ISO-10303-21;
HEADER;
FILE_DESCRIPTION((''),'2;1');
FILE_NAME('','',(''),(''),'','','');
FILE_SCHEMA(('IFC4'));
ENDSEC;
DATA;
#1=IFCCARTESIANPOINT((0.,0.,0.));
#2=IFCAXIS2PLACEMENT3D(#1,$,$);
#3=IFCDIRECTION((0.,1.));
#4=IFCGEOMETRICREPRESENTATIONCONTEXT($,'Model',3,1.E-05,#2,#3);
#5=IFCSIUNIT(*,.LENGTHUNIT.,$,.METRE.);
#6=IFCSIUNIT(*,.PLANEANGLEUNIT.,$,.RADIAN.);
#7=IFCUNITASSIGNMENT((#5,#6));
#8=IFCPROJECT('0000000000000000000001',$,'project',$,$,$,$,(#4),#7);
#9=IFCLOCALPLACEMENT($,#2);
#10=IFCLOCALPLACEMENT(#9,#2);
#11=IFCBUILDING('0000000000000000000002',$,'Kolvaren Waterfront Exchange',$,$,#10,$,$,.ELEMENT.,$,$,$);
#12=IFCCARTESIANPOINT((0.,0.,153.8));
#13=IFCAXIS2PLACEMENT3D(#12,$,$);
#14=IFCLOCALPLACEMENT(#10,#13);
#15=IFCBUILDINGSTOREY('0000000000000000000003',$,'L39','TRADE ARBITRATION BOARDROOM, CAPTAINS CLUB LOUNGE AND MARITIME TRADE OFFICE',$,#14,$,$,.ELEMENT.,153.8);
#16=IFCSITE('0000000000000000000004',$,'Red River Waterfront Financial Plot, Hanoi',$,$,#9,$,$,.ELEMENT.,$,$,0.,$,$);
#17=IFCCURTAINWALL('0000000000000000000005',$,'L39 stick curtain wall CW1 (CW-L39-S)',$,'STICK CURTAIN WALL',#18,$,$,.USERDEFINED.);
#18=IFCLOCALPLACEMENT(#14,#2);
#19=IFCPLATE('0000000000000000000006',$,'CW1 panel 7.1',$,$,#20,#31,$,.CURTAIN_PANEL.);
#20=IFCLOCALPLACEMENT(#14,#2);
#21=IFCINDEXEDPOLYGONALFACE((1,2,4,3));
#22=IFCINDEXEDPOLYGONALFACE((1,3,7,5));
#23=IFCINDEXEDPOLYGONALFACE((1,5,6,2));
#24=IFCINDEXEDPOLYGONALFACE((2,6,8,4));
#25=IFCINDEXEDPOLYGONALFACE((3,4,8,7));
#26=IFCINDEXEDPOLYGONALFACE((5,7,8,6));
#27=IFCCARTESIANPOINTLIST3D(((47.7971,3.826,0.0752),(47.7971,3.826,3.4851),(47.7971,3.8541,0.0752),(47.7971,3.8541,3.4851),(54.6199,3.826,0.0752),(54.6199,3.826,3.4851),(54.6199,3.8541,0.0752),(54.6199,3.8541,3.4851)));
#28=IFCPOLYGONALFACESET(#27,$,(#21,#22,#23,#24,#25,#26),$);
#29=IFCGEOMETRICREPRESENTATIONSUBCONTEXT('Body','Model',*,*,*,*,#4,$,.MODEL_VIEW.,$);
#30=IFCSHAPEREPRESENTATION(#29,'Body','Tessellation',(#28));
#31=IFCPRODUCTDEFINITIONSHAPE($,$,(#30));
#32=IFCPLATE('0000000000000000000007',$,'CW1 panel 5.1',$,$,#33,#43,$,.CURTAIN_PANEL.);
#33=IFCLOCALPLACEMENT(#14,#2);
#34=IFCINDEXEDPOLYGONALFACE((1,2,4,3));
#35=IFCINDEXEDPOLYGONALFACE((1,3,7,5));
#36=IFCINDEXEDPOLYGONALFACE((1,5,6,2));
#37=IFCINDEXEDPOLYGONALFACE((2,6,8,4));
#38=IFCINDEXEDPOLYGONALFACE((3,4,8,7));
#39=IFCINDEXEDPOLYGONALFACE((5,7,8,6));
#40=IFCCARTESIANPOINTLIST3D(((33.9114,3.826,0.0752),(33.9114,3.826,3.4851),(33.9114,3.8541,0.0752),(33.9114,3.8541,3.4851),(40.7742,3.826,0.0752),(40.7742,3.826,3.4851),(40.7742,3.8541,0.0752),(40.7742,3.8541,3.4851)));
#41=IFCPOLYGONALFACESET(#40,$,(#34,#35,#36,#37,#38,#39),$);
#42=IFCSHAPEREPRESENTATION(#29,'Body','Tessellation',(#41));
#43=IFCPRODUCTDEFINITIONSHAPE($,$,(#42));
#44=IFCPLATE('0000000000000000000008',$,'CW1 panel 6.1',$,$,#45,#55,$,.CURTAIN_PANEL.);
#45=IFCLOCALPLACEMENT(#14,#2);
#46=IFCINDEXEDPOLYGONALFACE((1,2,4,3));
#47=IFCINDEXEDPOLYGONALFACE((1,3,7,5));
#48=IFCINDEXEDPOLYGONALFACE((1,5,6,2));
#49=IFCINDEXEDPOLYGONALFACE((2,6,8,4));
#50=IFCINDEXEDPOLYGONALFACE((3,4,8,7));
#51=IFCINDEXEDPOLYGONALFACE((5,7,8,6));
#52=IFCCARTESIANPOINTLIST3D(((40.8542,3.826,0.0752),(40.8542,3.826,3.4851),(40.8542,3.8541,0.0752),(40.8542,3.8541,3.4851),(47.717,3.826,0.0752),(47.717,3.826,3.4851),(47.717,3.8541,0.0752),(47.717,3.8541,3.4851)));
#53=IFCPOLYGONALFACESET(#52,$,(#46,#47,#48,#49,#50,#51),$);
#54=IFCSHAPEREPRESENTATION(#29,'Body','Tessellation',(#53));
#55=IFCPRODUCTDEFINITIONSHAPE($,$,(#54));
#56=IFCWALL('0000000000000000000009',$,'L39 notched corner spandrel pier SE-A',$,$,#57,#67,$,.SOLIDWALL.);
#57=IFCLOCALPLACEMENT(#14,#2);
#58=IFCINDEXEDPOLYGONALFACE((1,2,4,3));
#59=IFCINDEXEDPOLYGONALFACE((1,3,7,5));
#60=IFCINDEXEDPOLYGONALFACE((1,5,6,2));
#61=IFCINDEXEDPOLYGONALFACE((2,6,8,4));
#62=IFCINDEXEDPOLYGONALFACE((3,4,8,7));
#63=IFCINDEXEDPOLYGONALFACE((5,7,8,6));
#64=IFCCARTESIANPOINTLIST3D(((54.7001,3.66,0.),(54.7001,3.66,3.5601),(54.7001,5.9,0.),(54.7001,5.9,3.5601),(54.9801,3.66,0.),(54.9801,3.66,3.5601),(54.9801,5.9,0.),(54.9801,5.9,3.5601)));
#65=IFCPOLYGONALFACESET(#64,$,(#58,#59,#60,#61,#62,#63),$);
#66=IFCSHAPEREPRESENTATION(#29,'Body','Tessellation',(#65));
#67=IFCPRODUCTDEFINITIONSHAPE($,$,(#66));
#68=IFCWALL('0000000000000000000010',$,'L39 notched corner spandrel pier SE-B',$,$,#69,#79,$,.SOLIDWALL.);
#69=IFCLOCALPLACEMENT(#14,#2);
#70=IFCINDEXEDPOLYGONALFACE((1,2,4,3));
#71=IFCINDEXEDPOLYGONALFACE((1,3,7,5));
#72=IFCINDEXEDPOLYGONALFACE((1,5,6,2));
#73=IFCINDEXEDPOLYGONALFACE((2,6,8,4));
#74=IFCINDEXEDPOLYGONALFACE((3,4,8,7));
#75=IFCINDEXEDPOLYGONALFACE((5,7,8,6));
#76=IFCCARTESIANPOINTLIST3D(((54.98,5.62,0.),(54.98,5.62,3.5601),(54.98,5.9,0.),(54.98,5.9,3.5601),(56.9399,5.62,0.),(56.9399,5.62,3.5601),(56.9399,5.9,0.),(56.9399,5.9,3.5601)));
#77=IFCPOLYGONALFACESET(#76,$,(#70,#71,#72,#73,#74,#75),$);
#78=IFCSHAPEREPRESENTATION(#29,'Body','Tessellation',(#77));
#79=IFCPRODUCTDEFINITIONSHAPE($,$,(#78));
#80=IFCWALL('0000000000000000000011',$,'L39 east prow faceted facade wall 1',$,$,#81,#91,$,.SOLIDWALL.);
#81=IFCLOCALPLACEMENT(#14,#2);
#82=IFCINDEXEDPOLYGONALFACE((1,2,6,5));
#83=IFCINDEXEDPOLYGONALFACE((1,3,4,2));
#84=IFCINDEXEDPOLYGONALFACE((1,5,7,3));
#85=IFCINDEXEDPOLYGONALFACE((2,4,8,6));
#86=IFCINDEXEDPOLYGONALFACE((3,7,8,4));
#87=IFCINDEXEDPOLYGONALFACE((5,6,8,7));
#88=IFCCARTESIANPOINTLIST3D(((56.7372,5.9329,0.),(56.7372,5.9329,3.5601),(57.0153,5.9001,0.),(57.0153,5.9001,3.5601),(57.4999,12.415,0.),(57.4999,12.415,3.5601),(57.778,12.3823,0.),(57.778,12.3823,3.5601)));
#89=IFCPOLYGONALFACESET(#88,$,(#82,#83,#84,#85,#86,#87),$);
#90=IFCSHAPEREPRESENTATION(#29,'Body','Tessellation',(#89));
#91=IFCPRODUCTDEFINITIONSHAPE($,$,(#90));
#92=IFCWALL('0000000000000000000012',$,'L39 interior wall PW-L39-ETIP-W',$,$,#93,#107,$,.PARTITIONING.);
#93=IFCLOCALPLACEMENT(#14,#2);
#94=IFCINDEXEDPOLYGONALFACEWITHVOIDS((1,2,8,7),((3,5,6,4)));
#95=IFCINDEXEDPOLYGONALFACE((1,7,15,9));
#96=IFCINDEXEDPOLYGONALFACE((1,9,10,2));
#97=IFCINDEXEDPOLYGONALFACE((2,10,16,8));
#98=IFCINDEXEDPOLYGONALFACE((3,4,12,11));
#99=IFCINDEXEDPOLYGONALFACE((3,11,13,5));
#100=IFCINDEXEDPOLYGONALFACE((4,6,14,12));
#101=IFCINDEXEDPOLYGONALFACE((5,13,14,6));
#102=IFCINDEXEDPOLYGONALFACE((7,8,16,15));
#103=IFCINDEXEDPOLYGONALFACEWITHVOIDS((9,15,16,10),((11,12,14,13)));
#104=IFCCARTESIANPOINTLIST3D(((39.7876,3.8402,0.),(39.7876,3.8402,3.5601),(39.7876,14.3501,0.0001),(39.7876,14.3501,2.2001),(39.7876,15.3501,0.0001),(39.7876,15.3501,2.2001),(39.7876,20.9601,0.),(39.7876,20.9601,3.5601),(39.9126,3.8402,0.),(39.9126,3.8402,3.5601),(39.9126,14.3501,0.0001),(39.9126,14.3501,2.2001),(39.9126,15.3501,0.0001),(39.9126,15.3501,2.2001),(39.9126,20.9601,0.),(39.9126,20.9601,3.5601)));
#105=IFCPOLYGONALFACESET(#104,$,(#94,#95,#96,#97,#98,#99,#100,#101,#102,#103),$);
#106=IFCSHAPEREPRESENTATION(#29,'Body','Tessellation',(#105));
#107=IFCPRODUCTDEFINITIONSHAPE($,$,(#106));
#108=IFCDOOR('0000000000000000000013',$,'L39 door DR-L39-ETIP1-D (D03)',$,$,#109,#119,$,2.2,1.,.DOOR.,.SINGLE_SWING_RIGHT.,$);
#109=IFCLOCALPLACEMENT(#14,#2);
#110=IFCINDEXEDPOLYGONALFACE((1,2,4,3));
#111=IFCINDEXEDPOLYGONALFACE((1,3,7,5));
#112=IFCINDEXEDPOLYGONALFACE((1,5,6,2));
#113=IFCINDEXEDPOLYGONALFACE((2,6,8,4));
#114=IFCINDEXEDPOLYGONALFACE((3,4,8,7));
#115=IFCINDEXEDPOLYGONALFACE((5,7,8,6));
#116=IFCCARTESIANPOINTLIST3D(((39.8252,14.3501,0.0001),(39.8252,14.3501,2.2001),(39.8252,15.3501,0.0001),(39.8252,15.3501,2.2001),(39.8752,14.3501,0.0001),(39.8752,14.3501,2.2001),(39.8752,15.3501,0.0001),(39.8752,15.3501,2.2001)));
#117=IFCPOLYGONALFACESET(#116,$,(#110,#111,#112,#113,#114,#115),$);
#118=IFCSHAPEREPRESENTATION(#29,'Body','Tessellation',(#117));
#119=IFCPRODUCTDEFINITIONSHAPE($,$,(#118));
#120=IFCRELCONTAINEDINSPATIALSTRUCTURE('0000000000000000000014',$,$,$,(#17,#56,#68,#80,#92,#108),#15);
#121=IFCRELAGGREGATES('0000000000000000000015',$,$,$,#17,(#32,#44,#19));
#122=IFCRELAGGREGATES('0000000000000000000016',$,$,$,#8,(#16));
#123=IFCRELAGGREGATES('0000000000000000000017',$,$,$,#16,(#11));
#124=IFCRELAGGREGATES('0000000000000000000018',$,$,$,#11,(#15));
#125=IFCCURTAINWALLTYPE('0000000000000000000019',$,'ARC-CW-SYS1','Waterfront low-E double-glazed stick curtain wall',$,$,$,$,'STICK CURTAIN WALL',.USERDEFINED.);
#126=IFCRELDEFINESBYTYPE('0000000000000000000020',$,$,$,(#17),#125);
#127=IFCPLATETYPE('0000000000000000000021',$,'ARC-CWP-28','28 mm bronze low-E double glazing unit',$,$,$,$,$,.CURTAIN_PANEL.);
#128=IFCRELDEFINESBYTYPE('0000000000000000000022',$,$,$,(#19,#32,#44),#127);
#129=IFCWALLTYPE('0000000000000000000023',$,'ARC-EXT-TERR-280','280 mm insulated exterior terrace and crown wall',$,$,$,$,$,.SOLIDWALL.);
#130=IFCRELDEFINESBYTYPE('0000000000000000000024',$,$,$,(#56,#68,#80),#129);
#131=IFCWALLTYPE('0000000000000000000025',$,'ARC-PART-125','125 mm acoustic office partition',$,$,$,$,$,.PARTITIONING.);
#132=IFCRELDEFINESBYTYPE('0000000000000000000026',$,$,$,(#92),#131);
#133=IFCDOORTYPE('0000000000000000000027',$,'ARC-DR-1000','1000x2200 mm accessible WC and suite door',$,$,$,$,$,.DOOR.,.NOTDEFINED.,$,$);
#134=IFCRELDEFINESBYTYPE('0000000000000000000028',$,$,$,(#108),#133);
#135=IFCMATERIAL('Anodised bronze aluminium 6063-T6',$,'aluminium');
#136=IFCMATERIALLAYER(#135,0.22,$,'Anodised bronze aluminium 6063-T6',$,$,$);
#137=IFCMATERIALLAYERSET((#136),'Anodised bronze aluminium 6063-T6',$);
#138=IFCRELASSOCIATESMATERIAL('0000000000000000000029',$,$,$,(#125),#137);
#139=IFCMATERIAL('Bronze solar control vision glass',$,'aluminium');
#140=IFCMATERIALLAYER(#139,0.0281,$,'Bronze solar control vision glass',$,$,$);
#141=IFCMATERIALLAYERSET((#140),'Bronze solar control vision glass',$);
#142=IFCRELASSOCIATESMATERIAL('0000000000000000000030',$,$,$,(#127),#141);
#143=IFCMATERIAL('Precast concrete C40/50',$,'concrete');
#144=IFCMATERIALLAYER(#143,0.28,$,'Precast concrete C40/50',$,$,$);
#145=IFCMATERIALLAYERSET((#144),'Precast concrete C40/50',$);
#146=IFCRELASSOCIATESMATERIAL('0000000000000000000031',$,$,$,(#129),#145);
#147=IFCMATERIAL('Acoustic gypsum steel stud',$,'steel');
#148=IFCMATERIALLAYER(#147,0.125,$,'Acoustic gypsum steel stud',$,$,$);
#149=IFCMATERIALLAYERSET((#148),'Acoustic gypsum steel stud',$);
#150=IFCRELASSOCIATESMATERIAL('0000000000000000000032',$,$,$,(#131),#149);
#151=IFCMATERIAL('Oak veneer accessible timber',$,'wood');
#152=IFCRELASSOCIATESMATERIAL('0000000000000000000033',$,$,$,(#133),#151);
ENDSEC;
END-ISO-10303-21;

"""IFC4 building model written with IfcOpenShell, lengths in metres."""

from ifc_helpers import new_model, si_unit, direction, frame, frame_2d, origin, origin_with_axes, origin_2d, place, context, subcontext, project, spatial, rectangle, extrude, source, transform, mapped, material, layer, layer_set, type_object, element, fill, aggregate, save


model = new_model("IFC4")

# Units and contexts
model_context = context("Model", 3, precision=1e-05, world=origin(), true_north=direction((0.0, 1.0)))
body_context = subcontext(model_context, "Body", "Model", "MODEL_VIEW")
ifc_project = project(units=[si_unit("LENGTHUNIT", "METRE"), si_unit("PLANEANGLEUNIT", "RADIAN")], contexts=[model_context])

# Site, building, storey
site_placement = place(None, origin())
site = spatial("IfcSite", under=ifc_project, at=site_placement, Name="Red River Waterfront Financial Plot, Hanoi", CompositionType="ELEMENT", RefElevation=0.0)
building_placement = place(site_placement, origin())
building = spatial("IfcBuilding", under=site, at=building_placement, Name="Kolvaren Waterfront Exchange", CompositionType="ELEMENT")
storey_placement = place(building_placement, frame((0.0, 0.0, 153.8)))
storey = spatial("IfcBuildingStorey", under=building, at=storey_placement, Name="L39", Description="TRADE ARBITRATION BOARDROOM, CAPTAINS CLUB LOUNGE AND MARITIME TRADE OFFICE", CompositionType="ELEMENT", Elevation=153.8)

# Curtain wall, plates
ifc_material_1 = material(Name="Anodised bronze aluminium 6063-T6", Category="aluminium")
ifc_layer_1 = layer(ifc_material_1, 0.22, Name="Anodised bronze aluminium 6063-T6")
ifc_layer_set_1 = layer_set([ifc_layer_1], Name="Anodised bronze aluminium 6063-T6")
curtain_wall_type = type_object("IfcCurtainWallType", Name="ARC-CW-SYS1", Description="Waterfront low-E double-glazed stick curtain wall", ElementType="STICK CURTAIN WALL", PredefinedType="USERDEFINED", material=ifc_layer_set_1)
curtain_wall_placement = place(storey_placement, origin())
curtain_wall = element("IfcCurtainWall", 1, at=curtain_wall_placement, inside=storey, type_object=curtain_wall_type, Name="L39 stick curtain wall CW1 (CW-L39-S)", ObjectType="STICK CURTAIN WALL", PredefinedType="USERDEFINED")
ifc_material_2 = material(Name="Bronze solar control vision glass", Category="aluminium")
ifc_layer_2 = layer(ifc_material_2, 0.0281, Name="Bronze solar control vision glass")
ifc_layer_set_2 = layer_set([ifc_layer_2], Name="Bronze solar control vision glass")
plate_type = type_object("IfcPlateType", Name="ARC-CWP-28", Description="28 mm bronze low-E double glazing unit", PredefinedType="CURTAIN_PANEL", material=ifc_layer_set_2)
shared_shape_1 = source(origin_with_axes(), body_context, "Body", "SweptSolid", [
    extrude(rectangle(XDim=6.8228, YDim=0.0281, at=origin_2d()), origin(), (0.0, 0.0, 1.0), 3.4099),
])
plate_1_placement = place(storey_placement, frame((51.2085, 3.8401, 0.0752), z_axis=(0.0, 0.0, 1.0), x_axis=(1.0, 0.0, 0.0)))
plate_1 = element("IfcPlate", 2, at=plate_1_placement, type_object=plate_type, Name="CW1 panel 7.1", PredefinedType="CURTAIN_PANEL", context=body_context, shape_type="MappedRepresentation", body=[
    mapped(shared_shape_1, transform((0.0, 0.0, 0.0), x_axis=(1.0, 0.0, 0.0), y_axis=(0.0, 1.0, 0.0), z_axis=(0.0, 0.0, 1.0), scale=1.0)),
])
shared_shape_2 = source(origin_with_axes(), body_context, "Body", "SweptSolid", [
    extrude(rectangle(XDim=6.8628, YDim=0.0281, at=origin_2d()), origin(), (0.0, 0.0, 1.0), 3.4099),
])
plate_2_placement = place(storey_placement, frame((37.3428, 3.8401, 0.0752), z_axis=(0.0, 0.0, 1.0), x_axis=(1.0, 0.0, 0.0)))
plate_2 = element("IfcPlate", 3, at=plate_2_placement, type_object=plate_type, Name="CW1 panel 5.1", PredefinedType="CURTAIN_PANEL", context=body_context, shape_type="MappedRepresentation", body=[
    mapped(shared_shape_2, transform((0.0, 0.0, 0.0), x_axis=(1.0, 0.0, 0.0), y_axis=(0.0, 1.0, 0.0), z_axis=(0.0, 0.0, 1.0), scale=1.0)),
])
plate_3_placement = place(storey_placement, frame((44.2856, 3.8401, 0.0752), z_axis=(0.0, 0.0, 1.0), x_axis=(1.0, 0.0, 0.0)))
plate_3 = element("IfcPlate", 4, at=plate_3_placement, type_object=plate_type, Name="CW1 panel 6.1", PredefinedType="CURTAIN_PANEL", context=body_context, shape_type="MappedRepresentation", body=[
    mapped(shared_shape_2, transform((0.0, 0.0, 0.0), x_axis=(1.0, 0.0, 0.0), y_axis=(0.0, 1.0, 0.0), z_axis=(0.0, 0.0, 1.0), scale=1.0)),
])
aggregate(curtain_wall, [plate_2, plate_3, plate_1])

# Walls
ifc_material_3 = material(Name="Precast concrete C40/50", Category="concrete")
ifc_layer_3 = layer(ifc_material_3, 0.28, Name="Precast concrete C40/50")
ifc_layer_set_3 = layer_set([ifc_layer_3], Name="Precast concrete C40/50")
wall_type_1 = type_object("IfcWallType", Name="ARC-EXT-TERR-280", Description="280 mm insulated exterior terrace and crown wall", PredefinedType="SOLIDWALL", material=ifc_layer_set_3)
wall_1_placement = place(storey_placement, frame((54.8401, 3.6599, 0.0), z_axis=(0.0, 0.0, 1.0), x_axis=(0.0, 1.0, 0.0)))
element("IfcWall", 5, at=wall_1_placement, inside=storey, type_object=wall_type_1, Name="L39 notched corner spandrel pier SE-A", PredefinedType="SOLIDWALL", context=body_context, shape_type="SweptSolid", body=[
    extrude(rectangle(XDim=2.24, YDim=0.28, at=frame_2d((1.1201, 0.0))), origin(), (0.0, 0.0, 1.0), 3.5601),
])
wall_2_placement = place(storey_placement, frame((54.98, 5.76, 0.0), z_axis=(0.0, 0.0, 1.0), x_axis=(1.0, 0.0, 0.0)))
element("IfcWall", 6, at=wall_2_placement, inside=storey, type_object=wall_type_1, Name="L39 notched corner spandrel pier SE-B", PredefinedType="SOLIDWALL", context=body_context, shape_type="SweptSolid", body=[
    extrude(rectangle(XDim=1.96, YDim=0.28, at=frame_2d((0.98, 0.0))), origin(), (0.0, 0.0, 1.0), 3.5601),
])
wall_3_placement = place(storey_placement, frame((56.8762, 5.9165, 0.0), z_axis=(0.0, 0.0, 1.0), x_axis=(0.116854, 0.993149, 0.0)))
element("IfcWall", 7, at=wall_3_placement, inside=storey, type_object=wall_type_1, Name="L39 east prow faceted facade wall 1", PredefinedType="SOLIDWALL", context=body_context, shape_type="SweptSolid", body=[
    extrude(rectangle(XDim=6.5269, YDim=0.28, at=frame_2d((3.2634, 0.0))), origin(), (0.0, 0.0, 1.0), 3.5601),
])

# Wall, opening, door
ifc_material_4 = material(Name="Acoustic gypsum steel stud", Category="steel")
ifc_layer_4 = layer(ifc_material_4, 0.125, Name="Acoustic gypsum steel stud")
ifc_layer_set_4 = layer_set([ifc_layer_4], Name="Acoustic gypsum steel stud")
wall_type_2 = type_object("IfcWallType", Name="ARC-PART-125", Description="125 mm acoustic office partition", PredefinedType="PARTITIONING", material=ifc_layer_set_4)
wall_4_placement = place(storey_placement, frame((39.8501, 3.8401, 0.0), z_axis=(0.0, 0.0, 1.0), x_axis=(0.0, 1.0, 0.0)))
wall_4 = element("IfcWall", 8, at=wall_4_placement, inside=storey, type_object=wall_type_2, Name="L39 interior wall PW-L39-ETIP-W", PredefinedType="PARTITIONING", context=body_context, shape_type="SweptSolid", body=[
    extrude(rectangle(XDim=17.1199, YDim=0.125, at=frame_2d((8.5601, 0.0))), origin(), (0.0, 0.0, 1.0), 3.5601),
])
opening_placement = place(wall_4_placement, frame((10.51, 0.0, 0.0)))
opening = element("IfcOpeningElement", 9, at=opening_placement, cuts=wall_4, PredefinedType="OPENING", context=body_context, shape_type="SweptSolid", body=[
    extrude(rectangle(XDim=1.0, YDim=2.2, at=frame_2d((0.5, 1.1001))), frame((0.0, 0.0725, 0.0), z_axis=(0.0, -1.0, 0.0), x_axis=(1.0, 0.0, 0.0)), (0.0, 0.0, 1.0), 0.145),
])
ifc_material_5 = material(Name="Oak veneer accessible timber", Category="wood")
door_type = type_object("IfcDoorType", Name="ARC-DR-1000", Description="1000x2200 mm accessible WC and suite door", OperationType="NOTDEFINED", PredefinedType="DOOR", material=ifc_material_5)
door_placement = place(opening_placement, origin())
door = element("IfcDoor", 10, at=door_placement, inside=storey, type_object=door_type, Name="L39 door DR-L39-ETIP1-D (D03)", OperationType="SINGLE_SWING_RIGHT", OverallHeight=2.2, OverallWidth=1.0, PredefinedType="DOOR", context=body_context, shape_type="SweptSolid", body=[
    extrude(rectangle(XDim=1.0, YDim=2.2, at=frame_2d((0.5, 1.1001))), frame((0.0, 0.0249, 0.0), z_axis=(0.0, -1.0, 0.0), x_axis=(1.0, 0.0, 0.0)), (0.0, 0.0, 1.0), 0.05),
])
fill(opening, door)

save(model, "model.ifc")
